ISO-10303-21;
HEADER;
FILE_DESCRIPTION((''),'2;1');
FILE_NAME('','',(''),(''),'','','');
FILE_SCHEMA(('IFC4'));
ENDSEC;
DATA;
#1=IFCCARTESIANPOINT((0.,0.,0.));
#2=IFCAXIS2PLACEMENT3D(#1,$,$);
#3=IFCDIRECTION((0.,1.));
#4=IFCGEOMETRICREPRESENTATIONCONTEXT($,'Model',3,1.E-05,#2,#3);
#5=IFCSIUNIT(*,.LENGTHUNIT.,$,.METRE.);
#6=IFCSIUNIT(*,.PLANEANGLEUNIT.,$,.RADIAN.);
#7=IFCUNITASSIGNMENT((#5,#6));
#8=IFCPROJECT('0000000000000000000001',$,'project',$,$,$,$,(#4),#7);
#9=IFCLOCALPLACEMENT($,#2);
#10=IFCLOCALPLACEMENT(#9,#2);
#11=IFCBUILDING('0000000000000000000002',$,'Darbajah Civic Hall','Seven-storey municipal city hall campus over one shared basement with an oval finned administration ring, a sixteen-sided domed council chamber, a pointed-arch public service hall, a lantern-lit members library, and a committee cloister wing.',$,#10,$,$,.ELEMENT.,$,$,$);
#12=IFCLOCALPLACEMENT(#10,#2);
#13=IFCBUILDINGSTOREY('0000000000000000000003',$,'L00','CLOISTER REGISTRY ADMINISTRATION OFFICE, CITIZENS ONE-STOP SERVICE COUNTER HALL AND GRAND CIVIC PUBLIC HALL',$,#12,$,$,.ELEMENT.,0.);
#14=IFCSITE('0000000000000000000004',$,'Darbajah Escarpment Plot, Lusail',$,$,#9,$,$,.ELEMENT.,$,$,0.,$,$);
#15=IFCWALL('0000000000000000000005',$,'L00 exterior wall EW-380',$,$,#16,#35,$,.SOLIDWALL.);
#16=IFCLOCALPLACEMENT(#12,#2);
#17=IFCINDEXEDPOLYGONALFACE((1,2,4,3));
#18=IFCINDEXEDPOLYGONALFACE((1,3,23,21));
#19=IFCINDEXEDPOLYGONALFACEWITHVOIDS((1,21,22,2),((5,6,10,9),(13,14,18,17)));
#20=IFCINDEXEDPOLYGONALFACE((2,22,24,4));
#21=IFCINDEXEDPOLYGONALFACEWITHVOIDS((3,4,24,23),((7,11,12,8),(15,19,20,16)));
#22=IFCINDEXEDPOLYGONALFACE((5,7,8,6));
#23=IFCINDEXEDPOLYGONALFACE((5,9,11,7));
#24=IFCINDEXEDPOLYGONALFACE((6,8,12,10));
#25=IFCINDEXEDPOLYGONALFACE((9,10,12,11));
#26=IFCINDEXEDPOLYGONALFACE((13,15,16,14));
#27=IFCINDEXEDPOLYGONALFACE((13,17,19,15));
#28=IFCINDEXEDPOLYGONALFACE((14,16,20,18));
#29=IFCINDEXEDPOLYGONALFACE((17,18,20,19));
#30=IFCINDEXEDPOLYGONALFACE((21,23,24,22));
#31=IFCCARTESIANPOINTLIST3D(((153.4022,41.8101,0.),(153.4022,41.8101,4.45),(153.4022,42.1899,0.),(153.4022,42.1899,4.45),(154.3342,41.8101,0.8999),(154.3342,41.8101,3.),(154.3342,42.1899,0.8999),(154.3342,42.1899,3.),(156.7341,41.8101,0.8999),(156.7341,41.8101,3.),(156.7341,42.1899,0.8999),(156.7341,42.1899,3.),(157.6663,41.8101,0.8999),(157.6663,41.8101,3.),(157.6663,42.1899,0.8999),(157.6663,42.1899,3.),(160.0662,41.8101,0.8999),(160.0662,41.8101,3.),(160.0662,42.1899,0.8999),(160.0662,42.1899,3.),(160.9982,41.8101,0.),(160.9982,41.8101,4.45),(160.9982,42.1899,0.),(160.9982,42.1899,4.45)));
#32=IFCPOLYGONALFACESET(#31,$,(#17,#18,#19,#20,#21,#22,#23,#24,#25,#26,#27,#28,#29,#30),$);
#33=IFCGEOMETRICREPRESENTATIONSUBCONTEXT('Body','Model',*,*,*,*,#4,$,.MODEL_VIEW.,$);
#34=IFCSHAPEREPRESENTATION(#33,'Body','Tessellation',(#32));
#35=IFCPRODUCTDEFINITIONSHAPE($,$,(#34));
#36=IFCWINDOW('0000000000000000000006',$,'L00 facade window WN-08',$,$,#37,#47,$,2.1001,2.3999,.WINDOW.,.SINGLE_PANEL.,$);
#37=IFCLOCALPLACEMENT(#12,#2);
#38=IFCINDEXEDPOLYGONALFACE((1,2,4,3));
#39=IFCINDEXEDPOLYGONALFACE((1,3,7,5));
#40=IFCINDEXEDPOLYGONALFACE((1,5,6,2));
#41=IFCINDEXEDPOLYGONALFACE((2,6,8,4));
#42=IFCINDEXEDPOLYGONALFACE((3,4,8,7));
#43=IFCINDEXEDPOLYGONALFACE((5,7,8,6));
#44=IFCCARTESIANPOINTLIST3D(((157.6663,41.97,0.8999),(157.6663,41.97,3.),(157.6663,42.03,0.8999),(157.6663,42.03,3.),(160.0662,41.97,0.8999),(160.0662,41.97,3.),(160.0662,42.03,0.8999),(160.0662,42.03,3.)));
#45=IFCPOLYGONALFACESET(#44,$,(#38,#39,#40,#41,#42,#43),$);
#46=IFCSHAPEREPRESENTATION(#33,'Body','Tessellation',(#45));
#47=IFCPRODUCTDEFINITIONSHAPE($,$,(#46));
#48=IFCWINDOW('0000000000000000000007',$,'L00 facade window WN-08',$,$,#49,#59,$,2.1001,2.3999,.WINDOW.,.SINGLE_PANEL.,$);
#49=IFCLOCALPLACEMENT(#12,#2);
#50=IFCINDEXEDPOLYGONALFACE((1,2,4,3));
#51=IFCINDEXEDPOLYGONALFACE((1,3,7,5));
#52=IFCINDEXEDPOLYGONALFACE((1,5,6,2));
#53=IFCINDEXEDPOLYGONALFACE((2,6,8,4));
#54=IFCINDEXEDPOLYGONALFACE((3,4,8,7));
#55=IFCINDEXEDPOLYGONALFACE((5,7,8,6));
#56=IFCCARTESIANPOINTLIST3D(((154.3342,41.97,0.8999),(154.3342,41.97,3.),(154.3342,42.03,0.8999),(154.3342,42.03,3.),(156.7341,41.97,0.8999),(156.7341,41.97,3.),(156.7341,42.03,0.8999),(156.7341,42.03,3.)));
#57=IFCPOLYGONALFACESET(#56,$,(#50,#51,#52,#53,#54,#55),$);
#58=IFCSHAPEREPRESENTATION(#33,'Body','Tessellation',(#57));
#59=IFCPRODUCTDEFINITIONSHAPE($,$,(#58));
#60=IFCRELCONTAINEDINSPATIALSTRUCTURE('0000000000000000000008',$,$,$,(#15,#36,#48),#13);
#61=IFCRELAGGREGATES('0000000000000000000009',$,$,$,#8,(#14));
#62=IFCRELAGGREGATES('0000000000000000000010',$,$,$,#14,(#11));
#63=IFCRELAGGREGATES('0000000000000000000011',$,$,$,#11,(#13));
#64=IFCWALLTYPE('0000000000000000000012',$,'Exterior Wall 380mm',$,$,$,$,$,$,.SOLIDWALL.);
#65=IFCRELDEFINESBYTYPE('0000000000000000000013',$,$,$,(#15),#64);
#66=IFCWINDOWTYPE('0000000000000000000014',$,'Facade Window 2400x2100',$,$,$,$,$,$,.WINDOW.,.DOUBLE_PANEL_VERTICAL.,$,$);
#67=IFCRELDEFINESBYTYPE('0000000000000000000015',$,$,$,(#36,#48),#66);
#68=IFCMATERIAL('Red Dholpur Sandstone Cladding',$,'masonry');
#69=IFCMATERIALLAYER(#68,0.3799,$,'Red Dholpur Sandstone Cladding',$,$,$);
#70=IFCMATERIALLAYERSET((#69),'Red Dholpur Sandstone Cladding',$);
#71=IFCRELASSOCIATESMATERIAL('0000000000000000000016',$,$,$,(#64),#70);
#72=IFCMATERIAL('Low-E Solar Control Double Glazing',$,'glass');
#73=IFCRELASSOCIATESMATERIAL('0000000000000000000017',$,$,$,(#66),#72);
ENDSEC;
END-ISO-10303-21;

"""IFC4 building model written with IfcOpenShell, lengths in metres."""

from ifc_helpers import new_model, si_unit, direction, frame, frame_2d, origin, place, context, subcontext, project, spatial, rectangle, extrude, material, layer, layer_set, type_object, element, fill, save


model = new_model("IFC4")

# Units and contexts
model_context = context("Model", 3, precision=1e-05, world=origin(), true_north=direction((0.0, 1.0)))
body_context = subcontext(model_context, "Body", "Model", "MODEL_VIEW")
ifc_project = project(units=[si_unit("LENGTHUNIT", "METRE"), si_unit("PLANEANGLEUNIT", "RADIAN")], contexts=[model_context])

# Site, building, storey
site_placement = place(None, origin())
site = spatial("IfcSite", under=ifc_project, at=site_placement, Name="Darbajah Escarpment Plot, Lusail", CompositionType="ELEMENT", RefElevation=0.0)
building_placement = place(site_placement, origin())
building = spatial("IfcBuilding", under=site, at=building_placement, Name="Darbajah Civic Hall", Description="Seven-storey municipal city hall campus over one shared basement with an oval finned administration ring, a sixteen-sided domed council chamber, a pointed-arch public service hall, a lantern-lit members library, and a committee cloister wing.", CompositionType="ELEMENT")
storey_placement = place(building_placement, origin())
storey = spatial("IfcBuildingStorey", under=building, at=storey_placement, Name="L00", Description="CLOISTER REGISTRY ADMINISTRATION OFFICE, CITIZENS ONE-STOP SERVICE COUNTER HALL AND GRAND CIVIC PUBLIC HALL", CompositionType="ELEMENT", Elevation=0.0)

# Wall, openings, windows
ifc_material_1 = material(Name="Red Dholpur Sandstone Cladding", Category="masonry")
ifc_layer_1 = layer(ifc_material_1, 0.3799, Name="Red Dholpur Sandstone Cladding")
ifc_layer_set_1 = layer_set([ifc_layer_1], Name="Red Dholpur Sandstone Cladding")
wall_type_1 = type_object("IfcWallType", Name="Exterior Wall 380mm", PredefinedType="SOLIDWALL", material=ifc_layer_set_1)
wall_1_placement = place(storey_placement, frame((160.998, 42.0, 0.0), z_axis=(0.0, 0.0, 1.0), x_axis=(-1.0, 0.0, 0.0)))
wall_1 = element("IfcWall", 1, at=wall_1_placement, inside=storey, type_object=wall_type_1, Name="L00 exterior wall EW-380", PredefinedType="SOLIDWALL", context=body_context, shape_type="SweptSolid", body=[
    extrude(rectangle(XDim=7.5959, YDim=0.3799, at=frame_2d((3.7979, 0.0))), origin(), (0.0, 0.0, 1.0), 4.45),
])
opening_1_placement = place(wall_1_placement, frame((0.9319, 0.0, 0.8999)))
opening_1 = element("IfcOpeningElement", 2, at=opening_1_placement, cuts=wall_1, PredefinedType="OPENING", context=body_context, shape_type="SweptSolid", body=[
    extrude(rectangle(XDim=2.3999, YDim=2.1001, at=frame_2d((1.2, 1.05))), frame((0.0, 0.2, 0.0), z_axis=(0.0, -1.0, 0.0), x_axis=(1.0, 0.0, 0.0)), (0.0, 0.0, 1.0), 0.3999),
])
opening_2_placement = place(wall_1_placement, frame((4.2639, 0.0, 0.8999)))
opening_2 = element("IfcOpeningElement", 3, at=opening_2_placement, cuts=wall_1, PredefinedType="OPENING", context=body_context, shape_type="SweptSolid", body=[
    extrude(rectangle(XDim=2.3999, YDim=2.1001, at=frame_2d((1.2, 1.05))), frame((0.0, 0.2, 0.0), z_axis=(0.0, -1.0, 0.0), x_axis=(1.0, 0.0, 0.0)), (0.0, 0.0, 1.0), 0.3999),
])
ifc_material_2 = material(Name="Low-E Solar Control Double Glazing", Category="glass")
window_type = type_object("IfcWindowType", Name="Facade Window 2400x2100", PartitioningType="DOUBLE_PANEL_VERTICAL", PredefinedType="WINDOW", material=ifc_material_2)
window_1_placement = place(opening_1_placement, origin())
window_1 = element("IfcWindow", 4, at=window_1_placement, inside=storey, type_object=window_type, Name="L00 facade window WN-08", OverallHeight=2.1001, OverallWidth=2.3999, PartitioningType="SINGLE_PANEL", PredefinedType="WINDOW", context=body_context, shape_type="SweptSolid", body=[
    extrude(rectangle(XDim=2.3999, YDim=2.1001, at=frame_2d((1.2, 1.05))), frame((0.0, 0.03, 0.0), z_axis=(0.0, -1.0, 0.0), x_axis=(1.0, 0.0, 0.0)), (0.0, 0.0, 1.0), 0.0601),
])
fill(opening_1, window_1)
window_2_placement = place(opening_2_placement, origin())
window_2 = element("IfcWindow", 5, at=window_2_placement, inside=storey, type_object=window_type, Name="L00 facade window WN-08", OverallHeight=2.1001, OverallWidth=2.3999, PartitioningType="SINGLE_PANEL", PredefinedType="WINDOW", context=body_context, shape_type="SweptSolid", body=[
    extrude(rectangle(XDim=2.3999, YDim=2.1001, at=frame_2d((1.2, 1.05))), frame((0.0, 0.03, 0.0), z_axis=(0.0, -1.0, 0.0), x_axis=(1.0, 0.0, 0.0)), (0.0, 0.0, 1.0), 0.0601),
])
fill(opening_2, window_2)

save(model, "model.ifc")
